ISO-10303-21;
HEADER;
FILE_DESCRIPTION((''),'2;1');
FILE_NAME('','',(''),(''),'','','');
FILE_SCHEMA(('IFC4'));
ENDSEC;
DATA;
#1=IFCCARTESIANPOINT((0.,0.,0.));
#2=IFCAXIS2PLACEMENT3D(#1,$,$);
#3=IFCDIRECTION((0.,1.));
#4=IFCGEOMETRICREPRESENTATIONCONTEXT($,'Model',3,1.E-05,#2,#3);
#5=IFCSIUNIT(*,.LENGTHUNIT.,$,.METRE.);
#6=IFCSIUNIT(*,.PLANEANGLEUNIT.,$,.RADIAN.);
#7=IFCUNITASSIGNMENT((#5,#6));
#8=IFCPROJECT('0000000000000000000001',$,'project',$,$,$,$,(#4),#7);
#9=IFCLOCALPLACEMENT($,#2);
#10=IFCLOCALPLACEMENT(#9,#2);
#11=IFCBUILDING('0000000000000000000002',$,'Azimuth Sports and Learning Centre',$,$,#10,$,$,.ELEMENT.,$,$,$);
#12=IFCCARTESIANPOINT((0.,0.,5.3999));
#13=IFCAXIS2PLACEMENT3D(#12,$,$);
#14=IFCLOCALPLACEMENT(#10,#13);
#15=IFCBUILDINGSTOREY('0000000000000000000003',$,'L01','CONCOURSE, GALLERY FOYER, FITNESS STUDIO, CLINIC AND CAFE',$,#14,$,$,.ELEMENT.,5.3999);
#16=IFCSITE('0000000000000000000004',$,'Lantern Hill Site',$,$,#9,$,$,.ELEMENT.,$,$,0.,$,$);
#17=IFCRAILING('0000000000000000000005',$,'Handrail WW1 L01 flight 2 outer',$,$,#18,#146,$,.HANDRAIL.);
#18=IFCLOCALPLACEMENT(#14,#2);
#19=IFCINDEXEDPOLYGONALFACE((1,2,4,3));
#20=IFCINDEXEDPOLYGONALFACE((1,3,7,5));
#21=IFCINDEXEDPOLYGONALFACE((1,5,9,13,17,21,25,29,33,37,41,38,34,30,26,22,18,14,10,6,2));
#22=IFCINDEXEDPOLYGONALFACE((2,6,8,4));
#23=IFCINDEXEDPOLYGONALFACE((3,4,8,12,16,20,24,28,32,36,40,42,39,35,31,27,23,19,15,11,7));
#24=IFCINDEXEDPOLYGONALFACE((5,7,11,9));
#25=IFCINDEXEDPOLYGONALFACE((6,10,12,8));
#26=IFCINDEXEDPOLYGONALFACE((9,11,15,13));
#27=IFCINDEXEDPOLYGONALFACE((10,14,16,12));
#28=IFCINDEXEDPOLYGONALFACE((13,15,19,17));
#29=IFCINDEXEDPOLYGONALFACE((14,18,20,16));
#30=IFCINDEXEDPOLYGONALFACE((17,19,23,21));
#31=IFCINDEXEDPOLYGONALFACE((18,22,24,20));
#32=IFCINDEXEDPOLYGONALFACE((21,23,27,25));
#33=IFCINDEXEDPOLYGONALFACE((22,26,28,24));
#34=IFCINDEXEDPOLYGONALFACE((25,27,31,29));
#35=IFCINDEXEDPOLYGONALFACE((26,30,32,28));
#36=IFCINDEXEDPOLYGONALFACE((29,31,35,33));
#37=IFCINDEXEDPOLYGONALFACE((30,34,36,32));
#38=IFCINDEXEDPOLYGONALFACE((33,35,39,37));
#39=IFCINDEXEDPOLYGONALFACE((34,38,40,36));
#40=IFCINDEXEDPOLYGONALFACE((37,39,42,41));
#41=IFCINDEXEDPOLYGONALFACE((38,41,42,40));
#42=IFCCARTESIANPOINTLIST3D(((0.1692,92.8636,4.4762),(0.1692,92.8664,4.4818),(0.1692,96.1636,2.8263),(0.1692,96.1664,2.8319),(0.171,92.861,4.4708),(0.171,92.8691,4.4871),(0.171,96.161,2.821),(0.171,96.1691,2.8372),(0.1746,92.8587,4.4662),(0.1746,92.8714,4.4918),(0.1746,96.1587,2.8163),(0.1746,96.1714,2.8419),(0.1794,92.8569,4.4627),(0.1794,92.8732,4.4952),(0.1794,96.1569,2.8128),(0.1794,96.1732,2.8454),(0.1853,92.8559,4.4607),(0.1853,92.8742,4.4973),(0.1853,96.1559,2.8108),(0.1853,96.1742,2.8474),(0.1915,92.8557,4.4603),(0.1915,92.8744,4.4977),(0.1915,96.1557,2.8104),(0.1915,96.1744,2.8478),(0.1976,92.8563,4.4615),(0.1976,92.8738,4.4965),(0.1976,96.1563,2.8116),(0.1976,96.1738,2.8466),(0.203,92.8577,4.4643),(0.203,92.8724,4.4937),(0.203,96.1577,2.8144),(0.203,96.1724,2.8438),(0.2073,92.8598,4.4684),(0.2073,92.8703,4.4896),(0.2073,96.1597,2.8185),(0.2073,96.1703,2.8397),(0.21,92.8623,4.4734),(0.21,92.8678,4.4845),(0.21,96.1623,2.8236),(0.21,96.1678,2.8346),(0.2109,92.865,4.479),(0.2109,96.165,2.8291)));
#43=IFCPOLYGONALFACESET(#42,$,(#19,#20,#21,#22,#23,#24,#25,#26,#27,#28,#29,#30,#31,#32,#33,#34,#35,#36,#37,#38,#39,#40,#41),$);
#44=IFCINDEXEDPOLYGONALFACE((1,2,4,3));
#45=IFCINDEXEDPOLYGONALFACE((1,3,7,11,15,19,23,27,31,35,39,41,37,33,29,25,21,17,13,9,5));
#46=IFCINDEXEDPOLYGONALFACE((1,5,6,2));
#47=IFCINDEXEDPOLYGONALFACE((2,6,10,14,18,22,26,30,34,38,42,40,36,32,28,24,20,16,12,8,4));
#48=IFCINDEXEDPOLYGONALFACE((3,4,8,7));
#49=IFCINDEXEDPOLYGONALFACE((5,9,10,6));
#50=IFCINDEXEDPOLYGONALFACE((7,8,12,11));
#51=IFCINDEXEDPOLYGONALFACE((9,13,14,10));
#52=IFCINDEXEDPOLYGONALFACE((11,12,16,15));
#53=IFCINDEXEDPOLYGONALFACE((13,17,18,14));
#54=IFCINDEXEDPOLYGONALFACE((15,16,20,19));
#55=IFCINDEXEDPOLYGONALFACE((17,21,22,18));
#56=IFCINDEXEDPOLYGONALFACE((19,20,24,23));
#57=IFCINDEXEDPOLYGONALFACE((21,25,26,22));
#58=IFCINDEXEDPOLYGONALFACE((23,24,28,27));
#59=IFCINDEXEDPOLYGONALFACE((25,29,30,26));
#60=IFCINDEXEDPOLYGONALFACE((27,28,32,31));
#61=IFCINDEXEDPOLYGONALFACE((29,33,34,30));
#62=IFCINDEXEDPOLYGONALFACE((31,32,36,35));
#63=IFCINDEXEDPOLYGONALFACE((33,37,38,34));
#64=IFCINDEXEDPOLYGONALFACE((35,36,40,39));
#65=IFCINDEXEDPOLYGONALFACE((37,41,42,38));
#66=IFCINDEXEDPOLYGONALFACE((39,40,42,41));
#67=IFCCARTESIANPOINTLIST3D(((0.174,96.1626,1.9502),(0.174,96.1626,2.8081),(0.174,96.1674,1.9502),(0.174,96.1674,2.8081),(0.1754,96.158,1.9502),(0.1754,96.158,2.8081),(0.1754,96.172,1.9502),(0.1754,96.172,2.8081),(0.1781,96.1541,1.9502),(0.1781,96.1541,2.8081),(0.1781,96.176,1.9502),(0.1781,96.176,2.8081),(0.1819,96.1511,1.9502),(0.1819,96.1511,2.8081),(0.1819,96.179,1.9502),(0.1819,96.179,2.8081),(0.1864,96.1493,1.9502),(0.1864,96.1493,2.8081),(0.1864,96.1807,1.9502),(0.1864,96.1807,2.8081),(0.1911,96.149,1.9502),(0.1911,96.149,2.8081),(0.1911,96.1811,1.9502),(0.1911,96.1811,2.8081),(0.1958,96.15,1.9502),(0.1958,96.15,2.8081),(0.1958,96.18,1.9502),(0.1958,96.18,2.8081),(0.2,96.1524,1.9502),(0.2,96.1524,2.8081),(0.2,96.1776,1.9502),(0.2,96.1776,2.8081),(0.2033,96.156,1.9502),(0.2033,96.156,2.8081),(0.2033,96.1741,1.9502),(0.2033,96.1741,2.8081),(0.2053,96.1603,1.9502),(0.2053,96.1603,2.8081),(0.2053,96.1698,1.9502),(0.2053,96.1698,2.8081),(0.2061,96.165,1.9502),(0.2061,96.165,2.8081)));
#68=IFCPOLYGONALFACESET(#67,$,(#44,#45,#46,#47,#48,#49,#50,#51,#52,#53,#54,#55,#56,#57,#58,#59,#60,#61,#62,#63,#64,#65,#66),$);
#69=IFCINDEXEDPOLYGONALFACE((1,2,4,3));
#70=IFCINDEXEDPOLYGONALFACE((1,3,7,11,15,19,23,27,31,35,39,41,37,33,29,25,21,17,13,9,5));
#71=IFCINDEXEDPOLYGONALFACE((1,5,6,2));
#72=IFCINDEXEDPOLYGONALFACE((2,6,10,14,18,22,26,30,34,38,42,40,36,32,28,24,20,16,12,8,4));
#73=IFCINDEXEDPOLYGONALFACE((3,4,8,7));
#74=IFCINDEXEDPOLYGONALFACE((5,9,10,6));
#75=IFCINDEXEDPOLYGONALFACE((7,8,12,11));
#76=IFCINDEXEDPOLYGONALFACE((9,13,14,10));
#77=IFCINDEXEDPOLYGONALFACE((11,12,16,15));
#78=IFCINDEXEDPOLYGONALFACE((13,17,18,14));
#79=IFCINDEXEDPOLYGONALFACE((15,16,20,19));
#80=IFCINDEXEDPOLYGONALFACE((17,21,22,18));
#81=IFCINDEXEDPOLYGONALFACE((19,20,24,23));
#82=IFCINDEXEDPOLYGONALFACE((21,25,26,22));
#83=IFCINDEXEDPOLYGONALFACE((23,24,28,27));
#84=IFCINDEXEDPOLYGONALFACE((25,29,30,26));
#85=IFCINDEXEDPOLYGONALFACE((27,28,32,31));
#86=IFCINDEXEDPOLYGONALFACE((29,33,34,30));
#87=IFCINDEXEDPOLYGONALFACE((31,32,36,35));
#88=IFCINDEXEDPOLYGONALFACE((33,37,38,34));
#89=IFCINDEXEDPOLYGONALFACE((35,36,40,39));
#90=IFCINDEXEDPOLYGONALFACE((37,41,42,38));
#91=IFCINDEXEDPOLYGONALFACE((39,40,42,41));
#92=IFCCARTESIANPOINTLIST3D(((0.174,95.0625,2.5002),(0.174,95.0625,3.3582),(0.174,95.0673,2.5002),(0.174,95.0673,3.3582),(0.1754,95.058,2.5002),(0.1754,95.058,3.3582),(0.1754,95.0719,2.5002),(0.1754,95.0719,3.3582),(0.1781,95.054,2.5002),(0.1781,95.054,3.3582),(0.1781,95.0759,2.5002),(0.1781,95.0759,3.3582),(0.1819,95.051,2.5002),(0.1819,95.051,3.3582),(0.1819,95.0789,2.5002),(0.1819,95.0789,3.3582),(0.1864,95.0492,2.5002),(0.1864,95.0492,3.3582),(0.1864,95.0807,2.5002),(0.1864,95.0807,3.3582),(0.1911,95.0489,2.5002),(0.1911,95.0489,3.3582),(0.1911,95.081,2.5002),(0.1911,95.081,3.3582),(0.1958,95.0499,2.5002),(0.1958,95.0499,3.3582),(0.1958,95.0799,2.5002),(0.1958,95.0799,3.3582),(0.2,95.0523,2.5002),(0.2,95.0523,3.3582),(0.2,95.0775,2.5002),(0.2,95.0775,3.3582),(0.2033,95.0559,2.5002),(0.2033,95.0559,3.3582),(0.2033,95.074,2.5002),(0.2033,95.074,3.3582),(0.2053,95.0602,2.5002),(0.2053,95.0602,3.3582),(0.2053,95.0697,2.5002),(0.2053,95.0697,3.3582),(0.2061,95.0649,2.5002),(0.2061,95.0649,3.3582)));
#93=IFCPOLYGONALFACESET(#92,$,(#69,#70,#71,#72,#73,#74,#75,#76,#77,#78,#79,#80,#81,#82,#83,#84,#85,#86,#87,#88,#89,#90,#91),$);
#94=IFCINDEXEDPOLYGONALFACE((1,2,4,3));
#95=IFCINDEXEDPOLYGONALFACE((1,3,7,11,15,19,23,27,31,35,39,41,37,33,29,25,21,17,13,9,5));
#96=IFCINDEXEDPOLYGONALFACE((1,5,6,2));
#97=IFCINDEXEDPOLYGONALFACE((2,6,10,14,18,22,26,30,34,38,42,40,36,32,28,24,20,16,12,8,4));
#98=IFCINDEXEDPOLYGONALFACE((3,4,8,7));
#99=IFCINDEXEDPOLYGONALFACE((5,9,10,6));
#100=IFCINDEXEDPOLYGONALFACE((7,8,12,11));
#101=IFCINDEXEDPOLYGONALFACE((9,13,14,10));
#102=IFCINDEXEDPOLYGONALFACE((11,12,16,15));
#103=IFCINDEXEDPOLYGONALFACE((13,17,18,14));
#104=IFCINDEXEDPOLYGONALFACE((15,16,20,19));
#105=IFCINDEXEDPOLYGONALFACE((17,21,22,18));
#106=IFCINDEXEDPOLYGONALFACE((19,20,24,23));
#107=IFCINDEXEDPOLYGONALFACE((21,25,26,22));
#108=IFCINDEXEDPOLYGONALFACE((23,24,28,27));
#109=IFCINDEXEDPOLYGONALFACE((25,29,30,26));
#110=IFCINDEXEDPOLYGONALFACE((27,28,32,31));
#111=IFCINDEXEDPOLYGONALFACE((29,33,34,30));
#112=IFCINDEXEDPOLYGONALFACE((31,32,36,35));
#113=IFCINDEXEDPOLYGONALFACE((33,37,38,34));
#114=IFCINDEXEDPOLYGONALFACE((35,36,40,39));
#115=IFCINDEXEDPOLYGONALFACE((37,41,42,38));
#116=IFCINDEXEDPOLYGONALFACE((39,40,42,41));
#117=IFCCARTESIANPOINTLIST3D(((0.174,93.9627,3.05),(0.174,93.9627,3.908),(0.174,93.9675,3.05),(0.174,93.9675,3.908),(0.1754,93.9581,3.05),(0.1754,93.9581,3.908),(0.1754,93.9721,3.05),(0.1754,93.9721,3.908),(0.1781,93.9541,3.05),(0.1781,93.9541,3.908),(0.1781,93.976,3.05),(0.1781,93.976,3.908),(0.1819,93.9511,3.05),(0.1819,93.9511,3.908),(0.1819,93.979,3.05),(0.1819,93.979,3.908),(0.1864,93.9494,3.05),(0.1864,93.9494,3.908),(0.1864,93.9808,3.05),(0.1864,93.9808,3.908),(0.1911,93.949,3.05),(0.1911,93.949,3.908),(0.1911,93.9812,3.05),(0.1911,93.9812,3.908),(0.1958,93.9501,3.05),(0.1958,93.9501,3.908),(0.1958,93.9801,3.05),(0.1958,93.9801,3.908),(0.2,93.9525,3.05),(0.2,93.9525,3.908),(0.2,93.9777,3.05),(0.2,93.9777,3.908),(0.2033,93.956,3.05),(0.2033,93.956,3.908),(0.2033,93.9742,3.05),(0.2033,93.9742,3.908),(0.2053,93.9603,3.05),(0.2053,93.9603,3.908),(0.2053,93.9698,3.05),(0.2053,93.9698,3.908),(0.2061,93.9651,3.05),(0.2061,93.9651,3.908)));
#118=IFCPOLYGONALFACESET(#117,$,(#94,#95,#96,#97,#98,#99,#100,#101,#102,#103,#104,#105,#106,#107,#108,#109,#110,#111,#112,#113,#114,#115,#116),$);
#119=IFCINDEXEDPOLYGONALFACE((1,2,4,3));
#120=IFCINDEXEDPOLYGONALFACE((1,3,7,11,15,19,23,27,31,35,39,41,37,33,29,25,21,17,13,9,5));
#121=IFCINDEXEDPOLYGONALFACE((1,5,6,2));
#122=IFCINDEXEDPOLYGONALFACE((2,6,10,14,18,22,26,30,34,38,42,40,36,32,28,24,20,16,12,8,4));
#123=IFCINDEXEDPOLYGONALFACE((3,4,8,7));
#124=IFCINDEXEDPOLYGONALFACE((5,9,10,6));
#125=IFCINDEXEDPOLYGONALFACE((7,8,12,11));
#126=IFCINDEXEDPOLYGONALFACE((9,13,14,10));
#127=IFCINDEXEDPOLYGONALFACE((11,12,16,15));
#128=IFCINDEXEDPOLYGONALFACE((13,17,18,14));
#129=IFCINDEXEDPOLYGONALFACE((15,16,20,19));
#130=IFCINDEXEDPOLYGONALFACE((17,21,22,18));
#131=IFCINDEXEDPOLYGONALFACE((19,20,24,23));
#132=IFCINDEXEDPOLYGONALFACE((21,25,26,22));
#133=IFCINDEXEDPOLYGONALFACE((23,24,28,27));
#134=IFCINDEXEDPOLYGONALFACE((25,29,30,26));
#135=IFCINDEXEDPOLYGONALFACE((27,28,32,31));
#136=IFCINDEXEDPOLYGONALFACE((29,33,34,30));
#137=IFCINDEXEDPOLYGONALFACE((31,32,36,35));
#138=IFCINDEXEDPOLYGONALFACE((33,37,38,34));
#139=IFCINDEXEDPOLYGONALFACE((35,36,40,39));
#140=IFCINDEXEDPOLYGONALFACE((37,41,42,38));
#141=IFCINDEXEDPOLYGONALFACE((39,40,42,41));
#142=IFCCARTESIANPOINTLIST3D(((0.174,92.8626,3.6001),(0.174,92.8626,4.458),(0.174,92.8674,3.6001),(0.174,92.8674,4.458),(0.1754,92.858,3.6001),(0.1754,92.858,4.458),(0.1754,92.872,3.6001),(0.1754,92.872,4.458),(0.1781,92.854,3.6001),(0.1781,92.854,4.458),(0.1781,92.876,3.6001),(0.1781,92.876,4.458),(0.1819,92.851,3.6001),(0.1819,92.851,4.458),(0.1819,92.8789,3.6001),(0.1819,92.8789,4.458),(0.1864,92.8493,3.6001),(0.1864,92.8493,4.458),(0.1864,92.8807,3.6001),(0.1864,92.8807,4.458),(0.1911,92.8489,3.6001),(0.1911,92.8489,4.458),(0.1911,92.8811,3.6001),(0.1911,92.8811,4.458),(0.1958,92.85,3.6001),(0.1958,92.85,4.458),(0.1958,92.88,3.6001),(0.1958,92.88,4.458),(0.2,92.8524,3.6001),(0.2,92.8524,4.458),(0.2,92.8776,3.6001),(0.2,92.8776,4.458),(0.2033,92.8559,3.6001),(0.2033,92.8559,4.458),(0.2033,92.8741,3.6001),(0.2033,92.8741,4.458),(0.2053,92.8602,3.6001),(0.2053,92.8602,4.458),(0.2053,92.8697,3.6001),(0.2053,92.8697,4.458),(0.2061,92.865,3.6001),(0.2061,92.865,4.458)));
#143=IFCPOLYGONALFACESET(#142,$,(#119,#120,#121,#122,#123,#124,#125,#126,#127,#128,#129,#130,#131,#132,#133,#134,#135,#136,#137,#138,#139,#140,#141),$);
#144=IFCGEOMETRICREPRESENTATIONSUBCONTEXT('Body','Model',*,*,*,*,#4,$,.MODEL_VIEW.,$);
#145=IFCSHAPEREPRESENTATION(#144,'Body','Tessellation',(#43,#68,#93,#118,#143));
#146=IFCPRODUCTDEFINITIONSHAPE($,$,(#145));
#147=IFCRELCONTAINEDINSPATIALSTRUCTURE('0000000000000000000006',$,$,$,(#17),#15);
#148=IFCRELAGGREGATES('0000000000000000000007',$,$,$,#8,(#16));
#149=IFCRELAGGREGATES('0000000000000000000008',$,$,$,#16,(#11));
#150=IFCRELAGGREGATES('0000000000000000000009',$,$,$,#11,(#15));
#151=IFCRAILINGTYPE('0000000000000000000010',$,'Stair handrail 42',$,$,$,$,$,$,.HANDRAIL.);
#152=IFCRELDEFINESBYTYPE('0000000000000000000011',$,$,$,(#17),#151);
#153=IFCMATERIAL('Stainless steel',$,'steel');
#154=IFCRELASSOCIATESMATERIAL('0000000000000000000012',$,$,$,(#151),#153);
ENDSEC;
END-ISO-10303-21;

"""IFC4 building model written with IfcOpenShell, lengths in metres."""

from ifc_helpers import new_model, si_unit, direction, frame, origin, origin_2d, place, context, subcontext, project, spatial, circle, extrude, material, type_object, element, save


model = new_model("IFC4")

# Units and contexts
model_context = context("Model", 3, precision=1e-05, world=origin(), true_north=direction((0.0, 1.0)))
body_context = subcontext(model_context, "Body", "Model", "MODEL_VIEW")
ifc_project = project(units=[si_unit("LENGTHUNIT", "METRE"), si_unit("PLANEANGLEUNIT", "RADIAN")], contexts=[model_context])

# Site, building, storey
site_placement = place(None, origin())
site = spatial("IfcSite", under=ifc_project, at=site_placement, Name="Lantern Hill Site", CompositionType="ELEMENT", RefElevation=0.0)
building_placement = place(site_placement, origin())
building = spatial("IfcBuilding", under=site, at=building_placement, Name="Azimuth Sports and Learning Centre", CompositionType="ELEMENT")
storey_placement = place(building_placement, frame((0.0, 0.0, 5.3999)))
storey = spatial("IfcBuildingStorey", under=building, at=storey_placement, Name="L01", Description="CONCOURSE, GALLERY FOYER, FITNESS STUDIO, CLINIC AND CAFE", CompositionType="ELEMENT", Elevation=5.3999)

# Railing
ifc_material_1 = material(Name="Stainless steel", Category="steel")
railing_type = type_object("IfcRailingType", Name="Stair handrail 42", PredefinedType="HANDRAIL", material=ifc_material_1)
for number, where, name in (
    (1, (0.1899, 96.165, 1.9502), "Handrail WW1 L01 flight 2 outer"),
):
    element("IfcRailing", number, at=place(storey_placement, frame(where)), inside=storey, type_object=railing_type, Name=name, PredefinedType="HANDRAIL", context=body_context, shape_type="SweptSolid", body=[
        extrude(circle(Radius=0.021, at=origin_2d()), frame((0.0, 0.0, 0.8789), z_axis=(0.0, -0.89444, 0.447187), x_axis=(1.0, 0.0, 0.0)), (0.0, 0.0, 1.0), 3.6895),
        extrude(circle(Radius=0.0161, at=origin_2d()), origin(), (0.0, 0.0, 1.0), 0.8579),
        extrude(circle(Radius=0.0161, at=origin_2d()), frame((0.0, -1.1001, 0.55)), (0.0, 0.0, 1.0), 0.8579),
        extrude(circle(Radius=0.0161, at=origin_2d()), frame((0.0, -2.2, 1.0999)), (0.0, 0.0, 1.0), 0.8579),
        extrude(circle(Radius=0.0161, at=origin_2d()), frame((0.0, -3.3, 1.6499)), (0.0, 0.0, 1.0), 0.8579),
    ])

save(model, "model.ifc")
